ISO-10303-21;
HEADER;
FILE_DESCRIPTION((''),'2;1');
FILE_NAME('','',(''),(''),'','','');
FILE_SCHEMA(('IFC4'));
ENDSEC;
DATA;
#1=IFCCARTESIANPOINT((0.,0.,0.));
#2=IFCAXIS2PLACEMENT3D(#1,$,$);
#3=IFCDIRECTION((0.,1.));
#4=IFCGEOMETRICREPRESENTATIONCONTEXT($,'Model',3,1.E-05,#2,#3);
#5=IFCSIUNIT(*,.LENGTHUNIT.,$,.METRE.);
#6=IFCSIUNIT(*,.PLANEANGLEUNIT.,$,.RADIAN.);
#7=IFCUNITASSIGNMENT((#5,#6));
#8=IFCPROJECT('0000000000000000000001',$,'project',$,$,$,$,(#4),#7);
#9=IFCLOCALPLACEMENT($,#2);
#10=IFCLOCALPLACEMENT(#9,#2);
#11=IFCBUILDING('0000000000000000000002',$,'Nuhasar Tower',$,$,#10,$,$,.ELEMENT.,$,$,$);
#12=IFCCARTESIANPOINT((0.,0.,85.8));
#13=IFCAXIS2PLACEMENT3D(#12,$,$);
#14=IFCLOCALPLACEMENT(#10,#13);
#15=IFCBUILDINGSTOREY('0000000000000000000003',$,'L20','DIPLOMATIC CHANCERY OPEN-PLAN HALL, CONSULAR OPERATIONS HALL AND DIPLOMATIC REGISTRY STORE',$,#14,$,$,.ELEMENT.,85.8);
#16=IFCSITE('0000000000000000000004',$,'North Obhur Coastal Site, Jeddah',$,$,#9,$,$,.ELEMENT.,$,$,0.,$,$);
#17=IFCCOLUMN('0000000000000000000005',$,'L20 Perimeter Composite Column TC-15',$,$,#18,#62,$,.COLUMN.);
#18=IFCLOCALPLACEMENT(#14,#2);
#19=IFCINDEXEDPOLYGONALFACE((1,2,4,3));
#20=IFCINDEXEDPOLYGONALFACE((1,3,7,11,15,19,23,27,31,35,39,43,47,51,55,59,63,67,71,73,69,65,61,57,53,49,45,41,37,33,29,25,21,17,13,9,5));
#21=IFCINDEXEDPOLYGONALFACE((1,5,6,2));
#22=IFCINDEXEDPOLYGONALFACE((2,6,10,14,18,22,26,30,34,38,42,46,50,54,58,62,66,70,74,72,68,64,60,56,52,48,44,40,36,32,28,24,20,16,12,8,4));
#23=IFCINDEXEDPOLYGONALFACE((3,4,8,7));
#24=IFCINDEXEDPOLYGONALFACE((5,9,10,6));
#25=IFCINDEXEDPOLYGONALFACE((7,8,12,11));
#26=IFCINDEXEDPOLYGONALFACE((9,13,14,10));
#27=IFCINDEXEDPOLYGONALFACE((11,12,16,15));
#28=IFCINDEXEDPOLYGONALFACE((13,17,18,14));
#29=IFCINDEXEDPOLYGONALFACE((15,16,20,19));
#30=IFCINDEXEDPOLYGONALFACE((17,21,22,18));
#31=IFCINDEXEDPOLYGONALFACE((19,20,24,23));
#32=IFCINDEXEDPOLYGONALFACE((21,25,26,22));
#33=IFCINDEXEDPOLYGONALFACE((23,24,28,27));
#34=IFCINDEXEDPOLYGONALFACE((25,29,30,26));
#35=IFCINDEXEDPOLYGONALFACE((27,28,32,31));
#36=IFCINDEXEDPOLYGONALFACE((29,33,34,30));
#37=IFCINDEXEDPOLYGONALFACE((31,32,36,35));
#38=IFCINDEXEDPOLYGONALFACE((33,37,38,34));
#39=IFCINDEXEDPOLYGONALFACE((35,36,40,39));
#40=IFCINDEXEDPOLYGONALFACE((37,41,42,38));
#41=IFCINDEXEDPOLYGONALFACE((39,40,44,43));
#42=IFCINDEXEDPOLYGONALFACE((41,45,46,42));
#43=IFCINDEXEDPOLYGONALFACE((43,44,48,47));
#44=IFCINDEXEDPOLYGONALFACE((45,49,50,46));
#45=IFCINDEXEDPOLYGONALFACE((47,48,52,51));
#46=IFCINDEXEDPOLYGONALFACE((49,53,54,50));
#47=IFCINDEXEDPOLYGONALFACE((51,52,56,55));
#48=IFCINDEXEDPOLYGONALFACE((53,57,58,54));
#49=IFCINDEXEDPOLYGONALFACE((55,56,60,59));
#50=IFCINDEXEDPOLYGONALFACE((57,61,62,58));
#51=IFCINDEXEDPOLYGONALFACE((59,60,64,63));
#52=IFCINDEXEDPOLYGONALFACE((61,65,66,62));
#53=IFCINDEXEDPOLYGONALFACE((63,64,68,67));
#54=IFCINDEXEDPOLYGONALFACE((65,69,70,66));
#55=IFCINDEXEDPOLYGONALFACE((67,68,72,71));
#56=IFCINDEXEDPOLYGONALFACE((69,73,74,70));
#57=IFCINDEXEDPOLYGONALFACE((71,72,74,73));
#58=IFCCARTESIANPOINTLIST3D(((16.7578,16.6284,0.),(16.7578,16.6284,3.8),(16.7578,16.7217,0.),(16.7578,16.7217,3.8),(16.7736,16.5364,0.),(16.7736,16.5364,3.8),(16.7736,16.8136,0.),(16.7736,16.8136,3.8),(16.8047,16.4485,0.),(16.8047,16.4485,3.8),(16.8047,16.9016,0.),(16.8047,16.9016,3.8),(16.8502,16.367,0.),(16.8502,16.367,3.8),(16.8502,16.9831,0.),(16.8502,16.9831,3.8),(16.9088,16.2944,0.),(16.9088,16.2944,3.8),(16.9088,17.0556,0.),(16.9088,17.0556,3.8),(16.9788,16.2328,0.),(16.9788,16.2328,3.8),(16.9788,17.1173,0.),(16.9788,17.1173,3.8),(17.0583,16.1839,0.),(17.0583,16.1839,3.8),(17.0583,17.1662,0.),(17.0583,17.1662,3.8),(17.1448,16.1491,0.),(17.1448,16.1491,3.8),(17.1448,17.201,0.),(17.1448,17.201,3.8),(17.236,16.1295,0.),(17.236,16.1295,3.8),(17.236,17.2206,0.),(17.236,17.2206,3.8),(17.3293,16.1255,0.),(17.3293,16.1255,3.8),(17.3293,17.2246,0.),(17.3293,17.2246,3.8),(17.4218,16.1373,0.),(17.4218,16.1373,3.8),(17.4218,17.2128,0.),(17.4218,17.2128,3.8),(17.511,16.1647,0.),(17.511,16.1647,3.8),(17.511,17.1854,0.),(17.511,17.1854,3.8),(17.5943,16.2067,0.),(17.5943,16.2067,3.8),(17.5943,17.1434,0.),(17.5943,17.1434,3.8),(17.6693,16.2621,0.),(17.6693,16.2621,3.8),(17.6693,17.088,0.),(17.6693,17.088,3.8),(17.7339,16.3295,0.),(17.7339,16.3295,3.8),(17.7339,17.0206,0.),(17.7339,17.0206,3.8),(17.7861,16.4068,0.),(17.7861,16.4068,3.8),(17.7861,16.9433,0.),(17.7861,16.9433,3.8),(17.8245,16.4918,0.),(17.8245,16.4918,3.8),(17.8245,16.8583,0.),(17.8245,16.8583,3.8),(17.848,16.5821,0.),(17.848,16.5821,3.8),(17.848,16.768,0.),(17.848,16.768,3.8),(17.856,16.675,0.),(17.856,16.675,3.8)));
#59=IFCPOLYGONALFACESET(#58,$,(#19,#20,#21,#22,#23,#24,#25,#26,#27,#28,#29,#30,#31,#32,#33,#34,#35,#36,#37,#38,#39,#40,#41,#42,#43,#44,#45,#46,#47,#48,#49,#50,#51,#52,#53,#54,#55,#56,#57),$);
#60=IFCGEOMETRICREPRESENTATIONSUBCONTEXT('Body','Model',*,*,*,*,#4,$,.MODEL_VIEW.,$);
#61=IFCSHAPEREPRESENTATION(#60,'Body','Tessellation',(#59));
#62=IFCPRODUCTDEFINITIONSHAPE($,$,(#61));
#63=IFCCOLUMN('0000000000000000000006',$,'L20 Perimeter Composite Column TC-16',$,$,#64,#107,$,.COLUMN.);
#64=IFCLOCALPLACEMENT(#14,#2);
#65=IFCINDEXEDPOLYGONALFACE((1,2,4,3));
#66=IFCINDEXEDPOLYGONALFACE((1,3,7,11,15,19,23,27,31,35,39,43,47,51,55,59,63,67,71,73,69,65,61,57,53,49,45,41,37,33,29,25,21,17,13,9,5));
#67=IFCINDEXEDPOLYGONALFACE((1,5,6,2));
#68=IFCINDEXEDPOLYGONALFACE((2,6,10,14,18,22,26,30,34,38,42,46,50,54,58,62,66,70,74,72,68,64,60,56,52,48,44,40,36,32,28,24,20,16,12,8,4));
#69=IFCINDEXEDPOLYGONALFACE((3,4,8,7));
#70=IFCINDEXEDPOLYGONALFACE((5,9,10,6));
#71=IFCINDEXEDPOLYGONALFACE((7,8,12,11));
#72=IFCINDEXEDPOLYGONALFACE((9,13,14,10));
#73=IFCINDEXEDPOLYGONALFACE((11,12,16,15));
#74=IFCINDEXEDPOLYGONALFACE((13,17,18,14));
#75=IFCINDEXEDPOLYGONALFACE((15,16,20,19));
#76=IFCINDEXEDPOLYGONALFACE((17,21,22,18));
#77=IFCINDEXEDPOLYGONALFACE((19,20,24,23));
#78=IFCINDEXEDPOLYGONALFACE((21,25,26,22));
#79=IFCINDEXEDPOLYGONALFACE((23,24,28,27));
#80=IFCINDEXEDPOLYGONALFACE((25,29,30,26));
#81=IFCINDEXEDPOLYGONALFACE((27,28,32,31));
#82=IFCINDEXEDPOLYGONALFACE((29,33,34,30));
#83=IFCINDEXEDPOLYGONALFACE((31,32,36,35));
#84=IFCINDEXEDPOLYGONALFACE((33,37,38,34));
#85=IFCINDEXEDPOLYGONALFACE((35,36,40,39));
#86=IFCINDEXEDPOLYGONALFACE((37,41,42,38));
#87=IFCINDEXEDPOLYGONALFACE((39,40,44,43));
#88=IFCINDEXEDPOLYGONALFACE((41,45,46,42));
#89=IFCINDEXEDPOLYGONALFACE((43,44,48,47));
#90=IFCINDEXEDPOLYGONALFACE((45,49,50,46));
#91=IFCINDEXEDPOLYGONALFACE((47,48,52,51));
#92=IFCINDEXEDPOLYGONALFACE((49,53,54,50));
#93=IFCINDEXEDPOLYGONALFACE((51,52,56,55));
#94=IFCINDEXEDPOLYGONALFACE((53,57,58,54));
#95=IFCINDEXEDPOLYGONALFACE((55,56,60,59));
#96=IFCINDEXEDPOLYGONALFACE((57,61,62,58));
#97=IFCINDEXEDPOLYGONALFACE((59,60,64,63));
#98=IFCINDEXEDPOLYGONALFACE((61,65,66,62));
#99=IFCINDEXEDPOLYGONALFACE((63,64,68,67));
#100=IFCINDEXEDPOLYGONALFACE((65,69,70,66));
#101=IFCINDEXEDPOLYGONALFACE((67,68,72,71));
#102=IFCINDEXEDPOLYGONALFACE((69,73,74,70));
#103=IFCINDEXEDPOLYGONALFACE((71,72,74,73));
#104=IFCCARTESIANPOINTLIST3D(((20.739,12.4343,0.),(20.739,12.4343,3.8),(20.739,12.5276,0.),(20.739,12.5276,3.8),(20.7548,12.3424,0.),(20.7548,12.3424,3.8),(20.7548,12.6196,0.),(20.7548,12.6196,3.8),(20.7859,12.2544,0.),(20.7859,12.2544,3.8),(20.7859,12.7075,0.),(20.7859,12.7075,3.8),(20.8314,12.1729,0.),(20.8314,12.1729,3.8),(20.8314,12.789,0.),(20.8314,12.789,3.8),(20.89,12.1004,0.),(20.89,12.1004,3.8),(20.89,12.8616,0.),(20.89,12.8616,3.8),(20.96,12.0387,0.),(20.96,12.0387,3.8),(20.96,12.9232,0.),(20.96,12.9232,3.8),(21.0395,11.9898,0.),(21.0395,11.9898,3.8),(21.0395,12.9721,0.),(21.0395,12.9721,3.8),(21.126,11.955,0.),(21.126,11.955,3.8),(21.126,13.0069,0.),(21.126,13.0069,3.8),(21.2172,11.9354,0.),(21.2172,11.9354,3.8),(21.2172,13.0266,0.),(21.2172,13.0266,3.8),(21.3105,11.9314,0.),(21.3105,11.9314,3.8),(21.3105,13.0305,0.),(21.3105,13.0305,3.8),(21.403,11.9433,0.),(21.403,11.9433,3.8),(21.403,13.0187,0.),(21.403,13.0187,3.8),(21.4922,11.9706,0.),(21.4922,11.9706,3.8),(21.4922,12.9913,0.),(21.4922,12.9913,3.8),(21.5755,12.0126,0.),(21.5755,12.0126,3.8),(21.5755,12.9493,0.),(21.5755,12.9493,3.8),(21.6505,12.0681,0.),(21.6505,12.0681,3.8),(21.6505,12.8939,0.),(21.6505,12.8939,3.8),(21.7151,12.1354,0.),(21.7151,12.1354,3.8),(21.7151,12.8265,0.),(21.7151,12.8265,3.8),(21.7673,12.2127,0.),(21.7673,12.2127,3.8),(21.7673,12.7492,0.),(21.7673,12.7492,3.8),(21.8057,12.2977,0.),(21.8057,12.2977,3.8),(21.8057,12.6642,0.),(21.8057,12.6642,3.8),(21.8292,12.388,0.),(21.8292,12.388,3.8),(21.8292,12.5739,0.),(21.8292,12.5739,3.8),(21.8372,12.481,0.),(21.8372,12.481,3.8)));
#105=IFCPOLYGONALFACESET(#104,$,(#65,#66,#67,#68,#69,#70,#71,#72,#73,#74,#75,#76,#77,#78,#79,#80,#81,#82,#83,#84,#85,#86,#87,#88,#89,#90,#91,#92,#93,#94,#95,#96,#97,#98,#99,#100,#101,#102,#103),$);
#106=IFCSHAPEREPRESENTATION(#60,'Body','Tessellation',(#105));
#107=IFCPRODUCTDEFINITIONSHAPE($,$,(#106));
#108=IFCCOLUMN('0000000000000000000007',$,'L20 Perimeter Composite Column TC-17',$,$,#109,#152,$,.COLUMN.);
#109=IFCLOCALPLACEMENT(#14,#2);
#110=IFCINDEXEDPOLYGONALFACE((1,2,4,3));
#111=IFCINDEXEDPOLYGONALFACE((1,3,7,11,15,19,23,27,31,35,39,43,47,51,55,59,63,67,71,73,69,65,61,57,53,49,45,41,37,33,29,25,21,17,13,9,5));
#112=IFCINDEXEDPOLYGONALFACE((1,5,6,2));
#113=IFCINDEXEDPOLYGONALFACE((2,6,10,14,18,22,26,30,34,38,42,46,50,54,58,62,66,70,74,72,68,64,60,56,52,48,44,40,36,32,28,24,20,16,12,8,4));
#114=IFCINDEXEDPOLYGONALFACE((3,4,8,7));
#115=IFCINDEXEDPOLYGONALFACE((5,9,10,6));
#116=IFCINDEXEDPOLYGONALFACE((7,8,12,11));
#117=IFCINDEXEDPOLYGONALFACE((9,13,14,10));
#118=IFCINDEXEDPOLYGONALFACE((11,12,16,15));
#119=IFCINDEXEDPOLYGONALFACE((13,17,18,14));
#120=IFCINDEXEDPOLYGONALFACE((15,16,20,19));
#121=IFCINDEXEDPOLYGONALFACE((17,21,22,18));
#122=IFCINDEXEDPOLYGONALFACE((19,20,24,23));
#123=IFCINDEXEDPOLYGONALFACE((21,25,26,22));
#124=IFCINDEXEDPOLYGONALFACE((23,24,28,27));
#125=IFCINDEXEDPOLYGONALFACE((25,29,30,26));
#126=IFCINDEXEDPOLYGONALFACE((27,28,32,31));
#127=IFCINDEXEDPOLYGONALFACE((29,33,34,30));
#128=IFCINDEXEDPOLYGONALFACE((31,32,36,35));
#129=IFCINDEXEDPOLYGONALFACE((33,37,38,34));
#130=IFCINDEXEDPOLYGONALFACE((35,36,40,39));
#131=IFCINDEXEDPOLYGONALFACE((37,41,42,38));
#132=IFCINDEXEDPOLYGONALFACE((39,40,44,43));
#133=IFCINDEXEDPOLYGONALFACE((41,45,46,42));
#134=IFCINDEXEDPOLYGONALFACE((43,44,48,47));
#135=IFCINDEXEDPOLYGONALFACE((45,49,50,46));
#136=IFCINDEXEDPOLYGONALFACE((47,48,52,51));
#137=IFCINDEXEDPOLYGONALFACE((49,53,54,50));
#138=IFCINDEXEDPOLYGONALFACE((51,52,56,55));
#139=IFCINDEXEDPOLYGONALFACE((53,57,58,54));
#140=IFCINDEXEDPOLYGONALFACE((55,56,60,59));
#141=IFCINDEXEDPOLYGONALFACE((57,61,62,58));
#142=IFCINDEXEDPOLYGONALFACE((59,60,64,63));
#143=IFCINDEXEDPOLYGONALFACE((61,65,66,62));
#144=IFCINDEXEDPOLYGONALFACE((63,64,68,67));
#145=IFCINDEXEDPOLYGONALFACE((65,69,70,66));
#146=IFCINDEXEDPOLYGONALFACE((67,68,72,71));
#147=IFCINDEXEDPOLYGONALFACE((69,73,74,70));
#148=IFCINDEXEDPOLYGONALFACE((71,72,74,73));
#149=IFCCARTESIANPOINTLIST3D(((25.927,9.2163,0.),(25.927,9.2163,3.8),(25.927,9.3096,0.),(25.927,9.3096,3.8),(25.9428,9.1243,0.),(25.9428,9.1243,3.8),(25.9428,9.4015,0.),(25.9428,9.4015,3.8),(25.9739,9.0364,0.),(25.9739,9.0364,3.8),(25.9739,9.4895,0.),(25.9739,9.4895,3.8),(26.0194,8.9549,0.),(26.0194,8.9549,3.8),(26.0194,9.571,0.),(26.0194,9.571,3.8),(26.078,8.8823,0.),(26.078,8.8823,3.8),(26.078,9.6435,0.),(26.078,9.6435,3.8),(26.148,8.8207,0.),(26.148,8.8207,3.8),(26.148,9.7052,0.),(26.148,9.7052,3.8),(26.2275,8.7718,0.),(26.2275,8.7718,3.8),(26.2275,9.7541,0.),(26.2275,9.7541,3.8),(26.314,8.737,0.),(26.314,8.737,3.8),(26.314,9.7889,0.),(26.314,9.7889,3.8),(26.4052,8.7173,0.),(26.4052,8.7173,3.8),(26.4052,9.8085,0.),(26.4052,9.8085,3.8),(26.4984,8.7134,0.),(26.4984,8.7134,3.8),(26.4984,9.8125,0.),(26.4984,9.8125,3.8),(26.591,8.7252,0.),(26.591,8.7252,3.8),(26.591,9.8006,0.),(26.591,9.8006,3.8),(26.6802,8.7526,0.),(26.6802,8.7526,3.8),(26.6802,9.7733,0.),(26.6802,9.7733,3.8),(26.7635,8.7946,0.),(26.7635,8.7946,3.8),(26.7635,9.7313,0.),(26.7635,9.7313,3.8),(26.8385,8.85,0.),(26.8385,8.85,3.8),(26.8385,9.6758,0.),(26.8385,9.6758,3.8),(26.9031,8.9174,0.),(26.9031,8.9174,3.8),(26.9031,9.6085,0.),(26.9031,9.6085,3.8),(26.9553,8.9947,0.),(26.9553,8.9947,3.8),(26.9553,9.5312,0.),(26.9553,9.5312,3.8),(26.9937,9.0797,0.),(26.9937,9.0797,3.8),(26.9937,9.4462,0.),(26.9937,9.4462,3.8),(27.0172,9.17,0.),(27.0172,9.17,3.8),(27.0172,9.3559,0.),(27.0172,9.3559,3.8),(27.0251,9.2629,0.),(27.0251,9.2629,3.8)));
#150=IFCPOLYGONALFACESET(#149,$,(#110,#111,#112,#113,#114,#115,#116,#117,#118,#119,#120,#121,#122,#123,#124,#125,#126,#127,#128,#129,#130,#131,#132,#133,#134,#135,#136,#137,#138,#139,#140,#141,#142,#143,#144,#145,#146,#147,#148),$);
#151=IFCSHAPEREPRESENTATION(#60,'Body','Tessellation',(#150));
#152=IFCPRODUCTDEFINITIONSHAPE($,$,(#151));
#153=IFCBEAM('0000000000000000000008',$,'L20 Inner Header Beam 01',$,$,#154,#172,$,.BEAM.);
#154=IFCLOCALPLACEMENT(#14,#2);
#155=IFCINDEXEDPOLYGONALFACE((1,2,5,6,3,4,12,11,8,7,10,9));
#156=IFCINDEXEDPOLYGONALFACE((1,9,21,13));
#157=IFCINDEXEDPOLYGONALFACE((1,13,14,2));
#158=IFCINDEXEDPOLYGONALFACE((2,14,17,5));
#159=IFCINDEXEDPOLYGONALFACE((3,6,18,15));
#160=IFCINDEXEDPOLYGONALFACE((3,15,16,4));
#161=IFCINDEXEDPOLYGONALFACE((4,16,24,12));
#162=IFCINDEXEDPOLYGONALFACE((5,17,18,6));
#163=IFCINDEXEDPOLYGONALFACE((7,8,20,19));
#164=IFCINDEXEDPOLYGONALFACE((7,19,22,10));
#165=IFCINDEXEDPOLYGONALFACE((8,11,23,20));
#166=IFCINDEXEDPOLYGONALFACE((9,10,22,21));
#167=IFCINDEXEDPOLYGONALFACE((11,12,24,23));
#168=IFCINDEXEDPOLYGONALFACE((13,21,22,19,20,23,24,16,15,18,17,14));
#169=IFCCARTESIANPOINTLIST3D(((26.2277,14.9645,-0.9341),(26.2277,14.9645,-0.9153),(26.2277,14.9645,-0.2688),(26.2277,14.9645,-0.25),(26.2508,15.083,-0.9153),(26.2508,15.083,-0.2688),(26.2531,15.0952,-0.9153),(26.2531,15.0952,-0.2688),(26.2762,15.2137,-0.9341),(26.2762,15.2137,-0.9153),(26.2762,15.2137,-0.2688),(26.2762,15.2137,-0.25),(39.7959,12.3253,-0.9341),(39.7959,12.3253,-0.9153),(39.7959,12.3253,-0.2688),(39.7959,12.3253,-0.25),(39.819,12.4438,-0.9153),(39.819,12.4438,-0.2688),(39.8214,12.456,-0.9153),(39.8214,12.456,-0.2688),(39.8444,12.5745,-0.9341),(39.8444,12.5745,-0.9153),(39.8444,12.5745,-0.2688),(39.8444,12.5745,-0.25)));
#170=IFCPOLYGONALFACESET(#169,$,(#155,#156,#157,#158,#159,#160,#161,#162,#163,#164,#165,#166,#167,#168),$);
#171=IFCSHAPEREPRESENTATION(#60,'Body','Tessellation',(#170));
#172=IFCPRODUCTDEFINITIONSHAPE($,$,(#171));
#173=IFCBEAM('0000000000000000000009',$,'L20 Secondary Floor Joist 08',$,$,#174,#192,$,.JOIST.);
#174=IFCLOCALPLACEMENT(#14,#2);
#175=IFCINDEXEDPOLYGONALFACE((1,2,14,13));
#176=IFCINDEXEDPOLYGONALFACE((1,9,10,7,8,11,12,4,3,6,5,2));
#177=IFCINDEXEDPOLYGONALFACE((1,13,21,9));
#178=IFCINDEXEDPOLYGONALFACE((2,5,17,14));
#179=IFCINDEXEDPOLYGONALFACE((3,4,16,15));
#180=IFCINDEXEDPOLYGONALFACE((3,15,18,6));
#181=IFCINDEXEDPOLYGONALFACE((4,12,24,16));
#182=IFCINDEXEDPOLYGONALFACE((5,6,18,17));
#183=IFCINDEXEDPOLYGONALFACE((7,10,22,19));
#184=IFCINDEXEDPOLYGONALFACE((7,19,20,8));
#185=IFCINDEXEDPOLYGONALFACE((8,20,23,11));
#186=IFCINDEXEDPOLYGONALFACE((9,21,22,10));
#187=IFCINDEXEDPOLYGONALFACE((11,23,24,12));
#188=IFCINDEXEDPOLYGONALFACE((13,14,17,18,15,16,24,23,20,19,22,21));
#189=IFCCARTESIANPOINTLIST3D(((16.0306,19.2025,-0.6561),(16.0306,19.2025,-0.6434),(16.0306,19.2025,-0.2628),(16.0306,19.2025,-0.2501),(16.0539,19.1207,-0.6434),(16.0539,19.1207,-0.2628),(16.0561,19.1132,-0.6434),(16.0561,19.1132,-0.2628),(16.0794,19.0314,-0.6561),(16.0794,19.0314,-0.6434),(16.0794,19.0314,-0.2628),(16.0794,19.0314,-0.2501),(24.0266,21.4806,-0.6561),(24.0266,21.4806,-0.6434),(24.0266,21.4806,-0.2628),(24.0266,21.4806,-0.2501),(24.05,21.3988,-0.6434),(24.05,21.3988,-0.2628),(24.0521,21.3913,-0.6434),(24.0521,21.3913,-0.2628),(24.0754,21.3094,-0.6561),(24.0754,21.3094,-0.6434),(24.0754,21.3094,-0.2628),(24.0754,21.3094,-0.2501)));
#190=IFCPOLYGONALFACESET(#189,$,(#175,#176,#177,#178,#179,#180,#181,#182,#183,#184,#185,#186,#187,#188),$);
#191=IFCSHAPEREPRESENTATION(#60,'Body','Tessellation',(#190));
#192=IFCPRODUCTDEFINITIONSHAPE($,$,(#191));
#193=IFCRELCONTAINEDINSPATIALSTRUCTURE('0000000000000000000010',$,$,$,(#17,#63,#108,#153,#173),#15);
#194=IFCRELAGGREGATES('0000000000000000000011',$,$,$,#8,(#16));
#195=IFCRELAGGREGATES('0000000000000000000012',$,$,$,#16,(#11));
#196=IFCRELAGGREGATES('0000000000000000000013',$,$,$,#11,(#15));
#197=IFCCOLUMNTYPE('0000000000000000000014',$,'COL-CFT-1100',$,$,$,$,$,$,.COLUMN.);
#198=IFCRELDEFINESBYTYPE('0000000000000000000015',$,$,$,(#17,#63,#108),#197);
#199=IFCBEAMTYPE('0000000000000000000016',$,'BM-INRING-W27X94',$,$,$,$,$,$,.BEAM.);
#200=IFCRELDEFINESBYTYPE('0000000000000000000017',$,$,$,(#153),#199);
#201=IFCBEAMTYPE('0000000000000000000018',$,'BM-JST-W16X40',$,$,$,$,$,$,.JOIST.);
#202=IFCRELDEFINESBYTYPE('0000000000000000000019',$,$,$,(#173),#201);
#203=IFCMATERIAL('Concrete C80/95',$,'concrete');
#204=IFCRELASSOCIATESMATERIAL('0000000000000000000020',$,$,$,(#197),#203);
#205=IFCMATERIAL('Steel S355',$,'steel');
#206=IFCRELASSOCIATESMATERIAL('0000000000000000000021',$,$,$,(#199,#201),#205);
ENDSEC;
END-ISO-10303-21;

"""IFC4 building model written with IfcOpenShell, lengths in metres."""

from ifc_helpers import new_model, si_unit, direction, frame, origin, origin_2d, place, context, subcontext, project, spatial, circle, i_section, extrude, material, material_profile, profile_set, type_object, element, save


model = new_model("IFC4")

# Units and contexts
model_context = context("Model", 3, precision=1e-05, world=origin(), true_north=direction((0.0, 1.0)))
body_context = subcontext(model_context, "Body", "Model", "MODEL_VIEW")
ifc_project = project(units=[si_unit("LENGTHUNIT", "METRE"), si_unit("PLANEANGLEUNIT", "RADIAN")], contexts=[model_context])

# Site, building, storey
site_placement = place(None, origin())
site = spatial("IfcSite", under=ifc_project, at=site_placement, Name="North Obhur Coastal Site, Jeddah", CompositionType="ELEMENT", RefElevation=0.0)
building_placement = place(site_placement, origin())
building = spatial("IfcBuilding", under=site, at=building_placement, Name="Nuhasar Tower", CompositionType="ELEMENT")
storey_placement = place(building_placement, frame((0.0, 0.0, 85.8)))
storey = spatial("IfcBuildingStorey", under=building, at=storey_placement, Name="L20", Description="DIPLOMATIC CHANCERY OPEN-PLAN HALL, CONSULAR OPERATIONS HALL AND DIPLOMATIC REGISTRY STORE", CompositionType="ELEMENT", Elevation=85.8)

# Columns
ifc_material_1 = material(Name="Concrete C80/95", Category="concrete")
ifc_material_profile_1 = material_profile(ifc_material_1, circle(Radius=0.55, at=origin_2d()), Name="CFT1100")
ifc_profile_set_1 = profile_set([ifc_material_profile_1], Name="Concrete C80/95")
column_type = type_object("IfcColumnType", Name="COL-CFT-1100", PredefinedType="COLUMN", material=ifc_profile_set_1)
for number, where, z_axis, x_axis, name in (
    (1, (17.3059, 16.675, 0.0), (0.0, 0.0, 1.0), (1.0, 0.0, 0.0), "L20 Perimeter Composite Column TC-15"),
    (2, (21.2871, 12.481, 0.0), (0.0, 0.0, 1.0), (1.0, 0.0, 0.0), "L20 Perimeter Composite Column TC-16"),
    (3, (26.4751, 9.2629, 0.0), (0.0, 0.0, 1.0), (1.0, 0.0, 0.0), "L20 Perimeter Composite Column TC-17"),
):
    element("IfcColumn", number, at=place(storey_placement, frame(where, z_axis=z_axis, x_axis=x_axis)), inside=storey, type_object=column_type, Name=name, PredefinedType="COLUMN", context=body_context, shape_type="SweptSolid", body=[
        extrude(circle(Radius=0.55, at=origin_2d()), origin(), (0.0, 0.0, 1.0), 3.8),
    ])

# Beams
ifc_material_2 = material(Name="Steel S355", Category="steel")
ifc_material_profile_2 = material_profile(ifc_material_2, i_section(OverallWidth=0.2539, OverallDepth=0.6841, WebThickness=0.0125, FlangeThickness=0.0188, at=origin_2d()), Name="W27X94")
ifc_profile_set_2 = profile_set([ifc_material_profile_2], Name="Steel S355")
beam_type_1 = type_object("IfcBeamType", Name="BM-INRING-W27X94", PredefinedType="BEAM", material=ifc_profile_set_2)
beam_1_placement = place(storey_placement, frame((26.252, 15.0891, -0.592), z_axis=(0.981603, -0.190933, 0.0), x_axis=(0.190933, 0.981603, 0.0)))
element("IfcBeam", 4, at=beam_1_placement, inside=storey, type_object=beam_type_1, Name="L20 Inner Header Beam 01", PredefinedType="BEAM", context=body_context, shape_type="SweptSolid", body=[
    extrude(i_section(OverallWidth=0.2539, OverallDepth=0.6841, WebThickness=0.0125, FlangeThickness=0.0188, at=origin_2d()), origin(), (0.0, 0.0, 1.0), 13.8225),
])
ifc_material_profile_3 = material_profile(ifc_material_2, i_section(OverallWidth=0.178, OverallDepth=0.406, WebThickness=0.0078, FlangeThickness=0.0127, at=origin_2d()), Name="W16X40")
ifc_profile_set_3 = profile_set([ifc_material_profile_3], Name="Steel S355")
beam_type_2 = type_object("IfcBeamType", Name="BM-JST-W16X40", PredefinedType="JOIST", material=ifc_profile_set_3)
beam_2_placement = place(storey_placement, frame((24.051, 21.395, -0.4531), z_axis=(-0.961731, -0.273996, 0.0), x_axis=(0.273996, -0.961731, 0.0)))
element("IfcBeam", 5, at=beam_2_placement, inside=storey, type_object=beam_type_2, Name="L20 Secondary Floor Joist 08", PredefinedType="JOIST", context=body_context, shape_type="SweptSolid", body=[
    extrude(i_section(OverallWidth=0.178, OverallDepth=0.406, WebThickness=0.0078, FlangeThickness=0.0127, at=origin_2d()), origin(), (0.0, 0.0, 1.0), 8.3142),
])

save(model, "model.ifc")
